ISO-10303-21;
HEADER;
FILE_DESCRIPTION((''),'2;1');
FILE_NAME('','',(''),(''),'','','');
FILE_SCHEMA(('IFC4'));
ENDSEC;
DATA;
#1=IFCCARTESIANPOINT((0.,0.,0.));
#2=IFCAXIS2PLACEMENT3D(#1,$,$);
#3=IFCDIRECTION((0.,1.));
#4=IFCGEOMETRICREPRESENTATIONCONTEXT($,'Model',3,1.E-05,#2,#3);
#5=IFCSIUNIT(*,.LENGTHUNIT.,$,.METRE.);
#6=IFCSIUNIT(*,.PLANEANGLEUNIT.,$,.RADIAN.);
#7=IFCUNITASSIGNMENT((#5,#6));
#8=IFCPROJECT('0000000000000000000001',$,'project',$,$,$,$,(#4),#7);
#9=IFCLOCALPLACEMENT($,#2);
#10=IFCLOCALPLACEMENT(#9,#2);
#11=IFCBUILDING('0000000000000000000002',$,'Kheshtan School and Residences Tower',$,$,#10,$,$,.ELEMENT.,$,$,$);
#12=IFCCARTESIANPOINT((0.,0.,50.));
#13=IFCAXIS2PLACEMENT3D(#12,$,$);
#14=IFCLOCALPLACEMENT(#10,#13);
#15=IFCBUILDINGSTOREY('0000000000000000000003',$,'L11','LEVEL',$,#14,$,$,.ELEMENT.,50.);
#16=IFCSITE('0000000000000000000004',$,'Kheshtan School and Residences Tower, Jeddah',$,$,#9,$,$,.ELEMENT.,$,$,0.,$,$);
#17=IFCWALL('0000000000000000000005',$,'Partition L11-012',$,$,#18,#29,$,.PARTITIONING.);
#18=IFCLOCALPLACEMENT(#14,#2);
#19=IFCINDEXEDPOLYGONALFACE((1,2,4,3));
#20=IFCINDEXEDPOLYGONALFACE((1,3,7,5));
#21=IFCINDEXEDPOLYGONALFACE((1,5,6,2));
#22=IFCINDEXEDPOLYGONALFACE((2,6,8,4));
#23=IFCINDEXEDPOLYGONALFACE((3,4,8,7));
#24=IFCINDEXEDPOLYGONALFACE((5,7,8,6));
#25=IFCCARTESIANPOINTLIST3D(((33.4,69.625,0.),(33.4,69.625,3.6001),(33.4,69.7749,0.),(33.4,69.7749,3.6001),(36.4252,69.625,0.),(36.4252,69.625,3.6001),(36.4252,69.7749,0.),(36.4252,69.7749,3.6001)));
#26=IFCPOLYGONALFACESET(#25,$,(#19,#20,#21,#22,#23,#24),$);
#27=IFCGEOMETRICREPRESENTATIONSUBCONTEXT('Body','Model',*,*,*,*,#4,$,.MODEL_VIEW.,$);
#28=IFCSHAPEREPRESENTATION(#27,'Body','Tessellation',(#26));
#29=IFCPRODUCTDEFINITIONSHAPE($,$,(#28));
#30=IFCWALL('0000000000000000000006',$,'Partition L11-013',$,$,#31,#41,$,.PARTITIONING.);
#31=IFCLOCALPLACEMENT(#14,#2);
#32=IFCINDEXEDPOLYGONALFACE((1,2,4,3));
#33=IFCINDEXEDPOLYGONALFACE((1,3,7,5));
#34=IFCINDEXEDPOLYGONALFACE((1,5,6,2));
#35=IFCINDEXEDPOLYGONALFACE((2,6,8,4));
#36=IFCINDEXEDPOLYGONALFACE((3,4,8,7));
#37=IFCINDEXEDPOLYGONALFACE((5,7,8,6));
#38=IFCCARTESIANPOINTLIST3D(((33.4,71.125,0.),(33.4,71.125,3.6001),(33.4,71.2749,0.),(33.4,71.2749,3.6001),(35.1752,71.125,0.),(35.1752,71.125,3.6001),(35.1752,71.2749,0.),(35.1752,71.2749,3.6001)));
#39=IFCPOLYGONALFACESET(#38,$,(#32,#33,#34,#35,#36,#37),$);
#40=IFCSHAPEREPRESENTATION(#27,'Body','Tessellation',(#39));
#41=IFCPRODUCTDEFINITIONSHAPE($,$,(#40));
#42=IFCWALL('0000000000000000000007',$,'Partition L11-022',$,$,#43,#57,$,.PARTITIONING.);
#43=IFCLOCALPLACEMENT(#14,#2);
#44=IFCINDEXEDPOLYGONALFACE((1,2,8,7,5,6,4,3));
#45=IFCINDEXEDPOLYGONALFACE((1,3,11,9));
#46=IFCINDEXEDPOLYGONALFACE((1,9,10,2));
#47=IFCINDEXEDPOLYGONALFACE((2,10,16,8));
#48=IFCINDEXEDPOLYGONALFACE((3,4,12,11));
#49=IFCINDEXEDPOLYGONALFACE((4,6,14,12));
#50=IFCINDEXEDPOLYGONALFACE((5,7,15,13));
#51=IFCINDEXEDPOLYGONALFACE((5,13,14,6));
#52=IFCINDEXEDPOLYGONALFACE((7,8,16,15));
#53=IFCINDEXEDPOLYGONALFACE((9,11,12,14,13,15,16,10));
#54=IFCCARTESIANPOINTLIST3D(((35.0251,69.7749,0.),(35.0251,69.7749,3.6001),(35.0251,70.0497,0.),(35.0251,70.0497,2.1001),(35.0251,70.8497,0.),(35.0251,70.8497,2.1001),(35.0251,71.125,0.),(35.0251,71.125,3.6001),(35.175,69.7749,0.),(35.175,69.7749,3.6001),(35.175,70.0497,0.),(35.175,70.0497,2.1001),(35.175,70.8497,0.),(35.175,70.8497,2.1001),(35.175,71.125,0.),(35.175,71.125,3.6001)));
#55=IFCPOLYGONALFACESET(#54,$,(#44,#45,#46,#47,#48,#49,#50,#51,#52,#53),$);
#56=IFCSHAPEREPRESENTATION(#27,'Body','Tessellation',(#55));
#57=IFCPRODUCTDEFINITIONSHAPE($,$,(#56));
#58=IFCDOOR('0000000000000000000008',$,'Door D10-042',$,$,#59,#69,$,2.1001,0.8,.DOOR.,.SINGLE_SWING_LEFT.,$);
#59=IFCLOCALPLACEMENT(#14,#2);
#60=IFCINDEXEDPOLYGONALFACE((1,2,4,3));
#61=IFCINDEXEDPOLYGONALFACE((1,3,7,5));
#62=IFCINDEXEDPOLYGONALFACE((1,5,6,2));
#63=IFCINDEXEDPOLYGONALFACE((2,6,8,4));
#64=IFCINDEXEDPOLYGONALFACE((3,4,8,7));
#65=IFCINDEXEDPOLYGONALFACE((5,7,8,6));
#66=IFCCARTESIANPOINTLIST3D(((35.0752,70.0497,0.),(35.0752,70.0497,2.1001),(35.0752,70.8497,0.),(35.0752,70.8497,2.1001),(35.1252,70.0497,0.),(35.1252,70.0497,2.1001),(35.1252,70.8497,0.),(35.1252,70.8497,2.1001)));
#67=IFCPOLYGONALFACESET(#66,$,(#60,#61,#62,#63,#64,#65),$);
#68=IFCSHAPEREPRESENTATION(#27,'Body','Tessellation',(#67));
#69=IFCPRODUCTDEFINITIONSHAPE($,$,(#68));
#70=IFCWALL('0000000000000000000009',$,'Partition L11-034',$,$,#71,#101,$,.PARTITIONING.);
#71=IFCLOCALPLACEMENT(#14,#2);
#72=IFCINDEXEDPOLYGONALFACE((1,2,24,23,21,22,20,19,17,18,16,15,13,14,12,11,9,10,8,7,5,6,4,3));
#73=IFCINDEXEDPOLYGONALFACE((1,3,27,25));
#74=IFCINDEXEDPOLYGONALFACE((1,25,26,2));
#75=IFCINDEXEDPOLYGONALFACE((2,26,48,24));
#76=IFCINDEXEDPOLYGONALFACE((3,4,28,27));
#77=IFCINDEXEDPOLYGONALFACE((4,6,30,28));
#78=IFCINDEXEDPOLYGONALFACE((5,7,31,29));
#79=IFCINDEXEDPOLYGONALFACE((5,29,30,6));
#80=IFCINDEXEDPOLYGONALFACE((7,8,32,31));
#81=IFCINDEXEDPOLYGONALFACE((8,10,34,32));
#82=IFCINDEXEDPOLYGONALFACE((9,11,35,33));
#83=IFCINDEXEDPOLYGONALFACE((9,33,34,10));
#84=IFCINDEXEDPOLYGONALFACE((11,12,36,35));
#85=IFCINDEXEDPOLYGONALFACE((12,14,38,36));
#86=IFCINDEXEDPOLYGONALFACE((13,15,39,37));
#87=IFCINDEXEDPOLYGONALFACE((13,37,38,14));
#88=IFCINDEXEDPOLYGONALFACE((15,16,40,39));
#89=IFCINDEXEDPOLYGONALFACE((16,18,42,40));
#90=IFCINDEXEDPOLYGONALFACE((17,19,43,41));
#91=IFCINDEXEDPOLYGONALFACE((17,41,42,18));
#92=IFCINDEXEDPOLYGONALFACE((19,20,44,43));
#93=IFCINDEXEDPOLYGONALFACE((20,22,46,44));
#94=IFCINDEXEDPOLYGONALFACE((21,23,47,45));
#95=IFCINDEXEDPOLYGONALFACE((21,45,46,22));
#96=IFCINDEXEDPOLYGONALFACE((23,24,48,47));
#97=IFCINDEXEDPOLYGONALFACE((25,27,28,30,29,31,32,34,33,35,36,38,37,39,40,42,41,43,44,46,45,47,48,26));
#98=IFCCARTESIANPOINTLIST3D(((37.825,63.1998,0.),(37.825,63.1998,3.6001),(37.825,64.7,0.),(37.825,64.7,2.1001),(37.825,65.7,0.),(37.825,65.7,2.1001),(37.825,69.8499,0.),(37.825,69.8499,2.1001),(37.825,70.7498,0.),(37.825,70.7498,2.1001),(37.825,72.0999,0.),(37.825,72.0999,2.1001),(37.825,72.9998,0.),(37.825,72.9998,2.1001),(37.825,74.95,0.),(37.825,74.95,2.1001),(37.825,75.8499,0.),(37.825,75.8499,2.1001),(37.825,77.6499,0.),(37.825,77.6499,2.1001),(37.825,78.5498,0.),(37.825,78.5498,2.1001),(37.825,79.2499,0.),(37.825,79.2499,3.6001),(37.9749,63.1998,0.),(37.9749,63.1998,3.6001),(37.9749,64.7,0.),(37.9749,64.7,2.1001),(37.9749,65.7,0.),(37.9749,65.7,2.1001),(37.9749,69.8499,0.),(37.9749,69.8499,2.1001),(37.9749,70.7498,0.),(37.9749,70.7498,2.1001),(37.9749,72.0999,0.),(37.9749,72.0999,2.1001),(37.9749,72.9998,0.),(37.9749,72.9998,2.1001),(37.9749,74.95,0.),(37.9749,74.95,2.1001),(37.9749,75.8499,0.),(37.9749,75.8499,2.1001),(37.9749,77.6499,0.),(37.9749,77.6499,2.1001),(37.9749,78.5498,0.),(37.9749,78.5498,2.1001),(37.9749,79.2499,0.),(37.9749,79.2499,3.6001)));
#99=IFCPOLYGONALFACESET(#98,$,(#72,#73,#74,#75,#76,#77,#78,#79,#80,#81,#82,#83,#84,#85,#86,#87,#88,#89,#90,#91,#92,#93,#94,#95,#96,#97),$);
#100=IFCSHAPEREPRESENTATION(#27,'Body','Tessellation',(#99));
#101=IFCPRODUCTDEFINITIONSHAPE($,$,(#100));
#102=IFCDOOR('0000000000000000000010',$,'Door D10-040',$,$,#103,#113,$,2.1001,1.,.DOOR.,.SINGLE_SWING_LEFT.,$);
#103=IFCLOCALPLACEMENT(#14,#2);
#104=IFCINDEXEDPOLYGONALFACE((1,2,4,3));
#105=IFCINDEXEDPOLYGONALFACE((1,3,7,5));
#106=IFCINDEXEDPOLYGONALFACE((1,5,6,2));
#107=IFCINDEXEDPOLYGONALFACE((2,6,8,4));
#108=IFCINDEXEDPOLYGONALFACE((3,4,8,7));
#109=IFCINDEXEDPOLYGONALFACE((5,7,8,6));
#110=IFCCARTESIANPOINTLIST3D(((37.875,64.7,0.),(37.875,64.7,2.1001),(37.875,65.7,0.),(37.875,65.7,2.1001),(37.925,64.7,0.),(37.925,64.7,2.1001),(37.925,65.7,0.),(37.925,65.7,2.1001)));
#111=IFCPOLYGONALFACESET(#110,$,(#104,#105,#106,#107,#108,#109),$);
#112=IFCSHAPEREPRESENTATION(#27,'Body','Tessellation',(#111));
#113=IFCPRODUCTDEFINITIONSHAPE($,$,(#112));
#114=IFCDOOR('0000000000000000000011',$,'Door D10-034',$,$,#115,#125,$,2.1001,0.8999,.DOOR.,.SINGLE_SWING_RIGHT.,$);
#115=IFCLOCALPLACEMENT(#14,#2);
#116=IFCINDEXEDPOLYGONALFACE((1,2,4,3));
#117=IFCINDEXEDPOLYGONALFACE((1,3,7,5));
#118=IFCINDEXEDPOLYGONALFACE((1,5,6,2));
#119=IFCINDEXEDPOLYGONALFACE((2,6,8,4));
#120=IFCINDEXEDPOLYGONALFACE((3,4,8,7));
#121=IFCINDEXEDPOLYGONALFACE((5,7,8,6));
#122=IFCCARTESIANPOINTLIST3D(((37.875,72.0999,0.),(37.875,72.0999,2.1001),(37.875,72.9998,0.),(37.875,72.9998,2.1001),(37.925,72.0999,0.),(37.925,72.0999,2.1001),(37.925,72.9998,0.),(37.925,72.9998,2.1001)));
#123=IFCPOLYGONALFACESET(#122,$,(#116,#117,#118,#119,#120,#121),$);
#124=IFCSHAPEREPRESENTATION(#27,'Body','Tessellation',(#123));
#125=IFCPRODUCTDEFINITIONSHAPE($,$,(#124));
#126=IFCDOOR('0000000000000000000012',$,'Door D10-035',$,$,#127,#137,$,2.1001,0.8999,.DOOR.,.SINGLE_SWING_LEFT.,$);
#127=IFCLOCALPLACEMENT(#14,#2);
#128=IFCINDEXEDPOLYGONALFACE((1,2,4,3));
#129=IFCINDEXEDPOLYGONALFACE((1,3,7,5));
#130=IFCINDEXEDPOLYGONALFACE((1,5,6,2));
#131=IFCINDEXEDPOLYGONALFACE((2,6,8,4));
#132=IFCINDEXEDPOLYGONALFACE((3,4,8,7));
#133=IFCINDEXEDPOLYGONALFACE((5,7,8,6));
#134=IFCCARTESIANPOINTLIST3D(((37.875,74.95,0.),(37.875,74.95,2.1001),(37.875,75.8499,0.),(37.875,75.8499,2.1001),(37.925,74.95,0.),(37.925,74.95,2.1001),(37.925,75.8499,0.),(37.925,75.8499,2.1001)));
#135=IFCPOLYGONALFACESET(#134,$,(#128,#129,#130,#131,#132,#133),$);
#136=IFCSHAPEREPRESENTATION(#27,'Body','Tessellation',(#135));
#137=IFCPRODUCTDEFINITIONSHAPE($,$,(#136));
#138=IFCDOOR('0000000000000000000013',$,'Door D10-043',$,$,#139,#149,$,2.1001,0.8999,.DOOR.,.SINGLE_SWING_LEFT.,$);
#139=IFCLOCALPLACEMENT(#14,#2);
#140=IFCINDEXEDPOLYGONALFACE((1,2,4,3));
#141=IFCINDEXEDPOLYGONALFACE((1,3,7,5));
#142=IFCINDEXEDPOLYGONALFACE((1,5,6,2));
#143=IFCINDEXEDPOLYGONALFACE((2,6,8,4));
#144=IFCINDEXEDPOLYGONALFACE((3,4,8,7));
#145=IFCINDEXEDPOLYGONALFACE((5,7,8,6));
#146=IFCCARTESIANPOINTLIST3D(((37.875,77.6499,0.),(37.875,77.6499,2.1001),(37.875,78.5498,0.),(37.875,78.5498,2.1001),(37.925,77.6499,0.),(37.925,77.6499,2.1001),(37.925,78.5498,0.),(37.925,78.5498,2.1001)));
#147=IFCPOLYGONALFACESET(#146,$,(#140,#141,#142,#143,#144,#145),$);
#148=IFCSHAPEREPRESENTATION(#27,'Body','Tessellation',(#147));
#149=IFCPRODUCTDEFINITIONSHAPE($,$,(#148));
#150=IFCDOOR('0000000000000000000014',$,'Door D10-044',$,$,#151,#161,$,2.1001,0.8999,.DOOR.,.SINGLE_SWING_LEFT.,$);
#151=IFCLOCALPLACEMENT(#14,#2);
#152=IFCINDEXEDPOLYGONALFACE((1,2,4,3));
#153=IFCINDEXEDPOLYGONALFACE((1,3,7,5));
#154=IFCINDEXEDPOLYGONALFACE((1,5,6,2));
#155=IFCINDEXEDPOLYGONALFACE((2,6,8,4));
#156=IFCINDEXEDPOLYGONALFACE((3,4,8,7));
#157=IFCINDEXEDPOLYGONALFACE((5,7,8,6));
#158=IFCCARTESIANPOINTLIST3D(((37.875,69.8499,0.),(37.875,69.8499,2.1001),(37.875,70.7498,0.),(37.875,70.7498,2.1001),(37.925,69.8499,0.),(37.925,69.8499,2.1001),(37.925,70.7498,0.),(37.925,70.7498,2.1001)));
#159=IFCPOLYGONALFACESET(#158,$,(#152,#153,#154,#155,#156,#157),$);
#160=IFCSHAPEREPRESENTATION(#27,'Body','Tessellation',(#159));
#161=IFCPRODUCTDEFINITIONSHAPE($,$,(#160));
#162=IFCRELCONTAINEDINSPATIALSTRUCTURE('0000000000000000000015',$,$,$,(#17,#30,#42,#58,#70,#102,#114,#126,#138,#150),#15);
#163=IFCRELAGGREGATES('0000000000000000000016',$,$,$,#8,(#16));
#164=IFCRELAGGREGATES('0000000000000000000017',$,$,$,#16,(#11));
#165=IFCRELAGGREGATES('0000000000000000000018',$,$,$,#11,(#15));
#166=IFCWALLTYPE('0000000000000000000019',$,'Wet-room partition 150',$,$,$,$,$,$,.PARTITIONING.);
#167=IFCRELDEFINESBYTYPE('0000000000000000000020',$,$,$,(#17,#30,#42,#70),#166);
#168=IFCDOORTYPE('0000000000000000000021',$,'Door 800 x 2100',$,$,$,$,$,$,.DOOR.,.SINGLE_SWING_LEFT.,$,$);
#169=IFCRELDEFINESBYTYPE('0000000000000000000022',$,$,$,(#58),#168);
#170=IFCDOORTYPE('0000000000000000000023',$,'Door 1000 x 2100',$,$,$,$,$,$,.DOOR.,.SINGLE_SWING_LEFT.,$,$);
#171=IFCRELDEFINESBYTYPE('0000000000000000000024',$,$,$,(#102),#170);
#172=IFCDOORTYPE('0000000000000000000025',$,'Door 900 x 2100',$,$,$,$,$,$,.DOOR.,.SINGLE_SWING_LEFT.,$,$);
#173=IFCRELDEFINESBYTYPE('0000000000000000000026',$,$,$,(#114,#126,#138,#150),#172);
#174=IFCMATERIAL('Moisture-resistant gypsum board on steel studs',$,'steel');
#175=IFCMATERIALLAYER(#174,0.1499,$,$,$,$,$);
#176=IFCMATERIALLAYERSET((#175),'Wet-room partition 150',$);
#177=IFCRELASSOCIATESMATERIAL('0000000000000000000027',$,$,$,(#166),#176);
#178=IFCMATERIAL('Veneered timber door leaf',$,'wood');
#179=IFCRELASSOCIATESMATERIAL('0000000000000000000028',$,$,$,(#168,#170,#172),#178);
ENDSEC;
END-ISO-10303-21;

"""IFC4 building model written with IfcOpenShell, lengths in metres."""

from ifc_helpers import new_model, si_unit, direction, frame, frame_2d, origin, place, context, subcontext, project, spatial, rectangle, extrude, source, transform, mapped, material, layer, layer_set, type_object, element, fill, save


model = new_model("IFC4")

# Units and contexts
model_context = context("Model", 3, precision=1e-05, world=origin(), true_north=direction((0.0, 1.0)))
body_context = subcontext(model_context, "Body", "Model", "MODEL_VIEW")
ifc_project = project(units=[si_unit("LENGTHUNIT", "METRE"), si_unit("PLANEANGLEUNIT", "RADIAN")], contexts=[model_context])

# Site, building, storey
site_placement = place(None, origin())
site = spatial("IfcSite", under=ifc_project, at=site_placement, Name="Kheshtan School and Residences Tower, Jeddah", CompositionType="ELEMENT", RefElevation=0.0)
building_placement = place(site_placement, origin())
building = spatial("IfcBuilding", under=site, at=building_placement, Name="Kheshtan School and Residences Tower", CompositionType="ELEMENT")
storey_placement = place(building_placement, frame((0.0, 0.0, 50.0)))
storey = spatial("IfcBuildingStorey", under=building, at=storey_placement, Name="L11", Description="LEVEL", CompositionType="ELEMENT", Elevation=50.0)

# Walls
ifc_material_1 = material(Name="Moisture-resistant gypsum board on steel studs", Category="steel")
ifc_layer_1 = layer(ifc_material_1, 0.1499)
ifc_layer_set_1 = layer_set([ifc_layer_1], Name="Wet-room partition 150")
wall_type_1 = type_object("IfcWallType", Name="Wet-room partition 150", PredefinedType="PARTITIONING", material=ifc_layer_set_1)
for number, where, z_axis, x_axis, name in (
    (1, (33.3999, 69.7, 0.0), (0.0, 0.0, 1.0), (1.0, 0.0, 0.0), "Partition L11-012"),
):
    element("IfcWall", number, at=place(storey_placement, frame(where, z_axis=z_axis, x_axis=x_axis)), inside=storey, type_object=wall_type_1, Name=name, PredefinedType="PARTITIONING", context=body_context, shape_type="SweptSolid", body=[
        extrude(rectangle(XDim=3.0251, YDim=0.1499, at=frame_2d((1.5127, 0.0))), origin(), (0.0, 0.0, 1.0), 3.6001),
    ])
wall_1_placement = place(storey_placement, frame((33.3999, 71.2, 0.0), z_axis=(0.0, 0.0, 1.0), x_axis=(1.0, 0.0, 0.0)))
element("IfcWall", 2, at=wall_1_placement, inside=storey, type_object=wall_type_1, Name="Partition L11-013", PredefinedType="PARTITIONING", context=body_context, shape_type="SweptSolid", body=[
    extrude(rectangle(XDim=1.7751, YDim=0.1499, at=frame_2d((0.8877, 0.0))), origin(), (0.0, 0.0, 1.0), 3.6001),
])

# Wall, opening, door
wall_2_placement = place(storey_placement, frame((35.1001, 69.7749, 0.0), z_axis=(0.0, 0.0, 1.0), x_axis=(0.0, 1.0, 0.0)))
wall_2 = element("IfcWall", 3, at=wall_2_placement, inside=storey, type_object=wall_type_1, Name="Partition L11-022", PredefinedType="PARTITIONING", context=body_context, shape_type="SweptSolid", body=[
    extrude(rectangle(XDim=1.3501, YDim=0.1499, at=frame_2d((0.675, 0.0))), origin(), (0.0, 0.0, 1.0), 3.6001),
])
opening_1_placement = place(wall_2_placement, frame((0.2749, 0.0, 0.0)))
opening_1 = element("IfcOpeningElement", 4, at=opening_1_placement, cuts=wall_2, PredefinedType="OPENING", context=body_context, shape_type="SweptSolid", body=[
    extrude(rectangle(XDim=0.8, YDim=2.1001, at=frame_2d((0.3999, 1.05))), frame((0.0, 0.085, 0.0), z_axis=(0.0, -1.0, 0.0), x_axis=(1.0, 0.0, 0.0)), (0.0, 0.0, 1.0), 0.1699),
])
ifc_material_2 = material(Name="Veneered timber door leaf", Category="wood")
door_type_1 = type_object("IfcDoorType", Name="Door 800 x 2100", OperationType="SINGLE_SWING_LEFT", PredefinedType="DOOR", material=ifc_material_2)
shared_shape_1 = source(origin(), body_context, "Body", "SweptSolid", [
    extrude(rectangle(XDim=0.8, YDim=2.1001, at=frame_2d((0.3999, 1.05))), frame((0.0, 0.0249, 0.0), z_axis=(0.0, -1.0, 0.0), x_axis=(1.0, 0.0, 0.0)), (0.0, 0.0, 1.0), 0.05),
])
door_1_placement = place(opening_1_placement, origin())
door_1 = element("IfcDoor", 5, at=door_1_placement, inside=storey, type_object=door_type_1, Name="Door D10-042", OperationType="SINGLE_SWING_LEFT", OverallHeight=2.1001, OverallWidth=0.8, PredefinedType="DOOR", context=body_context, shape_type="MappedRepresentation", body=[
    mapped(shared_shape_1, transform((0.0, 0.0, 0.0), x_axis=(1.0, 0.0, 0.0), y_axis=(0.0, 1.0, 0.0), z_axis=(0.0, 0.0, 1.0), scale=1.0)),
])
fill(opening_1, door_1)

# Wall, openings, doors
wall_3_placement = place(storey_placement, frame((37.8999, 63.2, 0.0), z_axis=(0.0, 0.0, 1.0), x_axis=(0.0, 1.0, 0.0)))
wall_3 = element("IfcWall", 6, at=wall_3_placement, inside=storey, type_object=wall_type_1, Name="Partition L11-034", PredefinedType="PARTITIONING", context=body_context, shape_type="SweptSolid", body=[
    extrude(rectangle(XDim=16.05, YDim=0.1499, at=frame_2d((8.0249, 0.0))), origin(), (0.0, 0.0, 1.0), 3.6001),
])
opening_2_placement = place(wall_3_placement, frame((8.8999, 0.0, 0.0)))
opening_2 = element("IfcOpeningElement", 7, at=opening_2_placement, cuts=wall_3, PredefinedType="OPENING", context=body_context, shape_type="SweptSolid", body=[
    extrude(rectangle(XDim=0.8999, YDim=2.1001, at=frame_2d((0.45, 1.05))), frame((0.0, 0.085, 0.0), z_axis=(0.0, -1.0, 0.0), x_axis=(1.0, 0.0, 0.0)), (0.0, 0.0, 1.0), 0.1699),
])
opening_3_placement = place(wall_3_placement, frame((11.75, 0.0, 0.0)))
opening_3 = element("IfcOpeningElement", 8, at=opening_3_placement, cuts=wall_3, PredefinedType="OPENING", context=body_context, shape_type="SweptSolid", body=[
    extrude(rectangle(XDim=0.8999, YDim=2.1001, at=frame_2d((0.45, 1.05))), frame((0.0, 0.085, 0.0), z_axis=(0.0, -1.0, 0.0), x_axis=(1.0, 0.0, 0.0)), (0.0, 0.0, 1.0), 0.1699),
])
opening_4_placement = place(wall_3_placement, frame((1.5, 0.0, 0.0)))
opening_4 = element("IfcOpeningElement", 9, at=opening_4_placement, cuts=wall_3, PredefinedType="OPENING", context=body_context, shape_type="SweptSolid", body=[
    extrude(rectangle(XDim=1.0, YDim=2.1001, at=frame_2d((0.5, 1.05))), frame((0.0, 0.085, 0.0), z_axis=(0.0, -1.0, 0.0), x_axis=(1.0, 0.0, 0.0)), (0.0, 0.0, 1.0), 0.1699),
])
opening_5_placement = place(wall_3_placement, frame((14.45, 0.0, 0.0)))
opening_5 = element("IfcOpeningElement", 10, at=opening_5_placement, cuts=wall_3, PredefinedType="OPENING", context=body_context, shape_type="SweptSolid", body=[
    extrude(rectangle(XDim=0.8999, YDim=2.1001, at=frame_2d((0.45, 1.05))), frame((0.0, 0.085, 0.0), z_axis=(0.0, -1.0, 0.0), x_axis=(1.0, 0.0, 0.0)), (0.0, 0.0, 1.0), 0.1699),
])
opening_6_placement = place(wall_3_placement, frame((6.6499, 0.0, 0.0)))
opening_6 = element("IfcOpeningElement", 11, at=opening_6_placement, cuts=wall_3, PredefinedType="OPENING", context=body_context, shape_type="SweptSolid", body=[
    extrude(rectangle(XDim=0.8999, YDim=2.1001, at=frame_2d((0.45, 1.05))), frame((0.0, 0.085, 0.0), z_axis=(0.0, -1.0, 0.0), x_axis=(1.0, 0.0, 0.0)), (0.0, 0.0, 1.0), 0.1699),
])
door_type_2 = type_object("IfcDoorType", Name="Door 1000 x 2100", OperationType="SINGLE_SWING_LEFT", PredefinedType="DOOR", material=ifc_material_2)
shared_shape_2 = source(origin(), body_context, "Body", "SweptSolid", [
    extrude(rectangle(XDim=1.0, YDim=2.1001, at=frame_2d((0.5, 1.05))), frame((0.0, 0.0249, 0.0), z_axis=(0.0, -1.0, 0.0), x_axis=(1.0, 0.0, 0.0)), (0.0, 0.0, 1.0), 0.05),
])
door_2_placement = place(opening_4_placement, origin())
door_2 = element("IfcDoor", 12, at=door_2_placement, inside=storey, type_object=door_type_2, Name="Door D10-040", OperationType="SINGLE_SWING_LEFT", OverallHeight=2.1001, OverallWidth=1.0, PredefinedType="DOOR", context=body_context, shape_type="MappedRepresentation", body=[
    mapped(shared_shape_2, transform((0.0, 0.0, 0.0), x_axis=(1.0, 0.0, 0.0), y_axis=(0.0, 1.0, 0.0), z_axis=(0.0, 0.0, 1.0), scale=1.0)),
])
fill(opening_4, door_2)
door_type_3 = type_object("IfcDoorType", Name="Door 900 x 2100", OperationType="SINGLE_SWING_LEFT", PredefinedType="DOOR", material=ifc_material_2)
shared_shape_3 = source(origin(), body_context, "Body", "SweptSolid", [
    extrude(rectangle(XDim=0.8999, YDim=2.1001, at=frame_2d((0.45, 1.05))), frame((0.0, 0.0249, 0.0), z_axis=(0.0, -1.0, 0.0), x_axis=(1.0, 0.0, 0.0)), (0.0, 0.0, 1.0), 0.05),
])
door_3_placement = place(opening_2_placement, origin())
door_3 = element("IfcDoor", 13, at=door_3_placement, inside=storey, type_object=door_type_3, Name="Door D10-034", OperationType="SINGLE_SWING_RIGHT", OverallHeight=2.1001, OverallWidth=0.8999, PredefinedType="DOOR", context=body_context, shape_type="MappedRepresentation", body=[
    mapped(shared_shape_3, transform((0.0, 0.0, 0.0), x_axis=(1.0, 0.0, 0.0), y_axis=(0.0, 1.0, 0.0), z_axis=(0.0, 0.0, 1.0), scale=1.0)),
])
fill(opening_2, door_3)
door_4_placement = place(opening_3_placement, origin())
door_4 = element("IfcDoor", 14, at=door_4_placement, inside=storey, type_object=door_type_3, Name="Door D10-035", OperationType="SINGLE_SWING_LEFT", OverallHeight=2.1001, OverallWidth=0.8999, PredefinedType="DOOR", context=body_context, shape_type="MappedRepresentation", body=[
    mapped(shared_shape_3, transform((0.0, 0.0, 0.0), x_axis=(1.0, 0.0, 0.0), y_axis=(0.0, 1.0, 0.0), z_axis=(0.0, 0.0, 1.0), scale=1.0)),
])
fill(opening_3, door_4)
door_5_placement = place(opening_5_placement, origin())
door_5 = element("IfcDoor", 15, at=door_5_placement, inside=storey, type_object=door_type_3, Name="Door D10-043", OperationType="SINGLE_SWING_LEFT", OverallHeight=2.1001, OverallWidth=0.8999, PredefinedType="DOOR", context=body_context, shape_type="MappedRepresentation", body=[
    mapped(shared_shape_3, transform((0.0, 0.0, 0.0), x_axis=(1.0, 0.0, 0.0), y_axis=(0.0, 1.0, 0.0), z_axis=(0.0, 0.0, 1.0), scale=1.0)),
])
fill(opening_5, door_5)
door_6_placement = place(opening_6_placement, origin())
door_6 = element("IfcDoor", 16, at=door_6_placement, inside=storey, type_object=door_type_3, Name="Door D10-044", OperationType="SINGLE_SWING_LEFT", OverallHeight=2.1001, OverallWidth=0.8999, PredefinedType="DOOR", context=body_context, shape_type="MappedRepresentation", body=[
    mapped(shared_shape_3, transform((0.0, 0.0, 0.0), x_axis=(1.0, 0.0, 0.0), y_axis=(0.0, 1.0, 0.0), z_axis=(0.0, 0.0, 1.0), scale=1.0)),
])
fill(opening_6, door_6)

save(model, "model.ifc")
